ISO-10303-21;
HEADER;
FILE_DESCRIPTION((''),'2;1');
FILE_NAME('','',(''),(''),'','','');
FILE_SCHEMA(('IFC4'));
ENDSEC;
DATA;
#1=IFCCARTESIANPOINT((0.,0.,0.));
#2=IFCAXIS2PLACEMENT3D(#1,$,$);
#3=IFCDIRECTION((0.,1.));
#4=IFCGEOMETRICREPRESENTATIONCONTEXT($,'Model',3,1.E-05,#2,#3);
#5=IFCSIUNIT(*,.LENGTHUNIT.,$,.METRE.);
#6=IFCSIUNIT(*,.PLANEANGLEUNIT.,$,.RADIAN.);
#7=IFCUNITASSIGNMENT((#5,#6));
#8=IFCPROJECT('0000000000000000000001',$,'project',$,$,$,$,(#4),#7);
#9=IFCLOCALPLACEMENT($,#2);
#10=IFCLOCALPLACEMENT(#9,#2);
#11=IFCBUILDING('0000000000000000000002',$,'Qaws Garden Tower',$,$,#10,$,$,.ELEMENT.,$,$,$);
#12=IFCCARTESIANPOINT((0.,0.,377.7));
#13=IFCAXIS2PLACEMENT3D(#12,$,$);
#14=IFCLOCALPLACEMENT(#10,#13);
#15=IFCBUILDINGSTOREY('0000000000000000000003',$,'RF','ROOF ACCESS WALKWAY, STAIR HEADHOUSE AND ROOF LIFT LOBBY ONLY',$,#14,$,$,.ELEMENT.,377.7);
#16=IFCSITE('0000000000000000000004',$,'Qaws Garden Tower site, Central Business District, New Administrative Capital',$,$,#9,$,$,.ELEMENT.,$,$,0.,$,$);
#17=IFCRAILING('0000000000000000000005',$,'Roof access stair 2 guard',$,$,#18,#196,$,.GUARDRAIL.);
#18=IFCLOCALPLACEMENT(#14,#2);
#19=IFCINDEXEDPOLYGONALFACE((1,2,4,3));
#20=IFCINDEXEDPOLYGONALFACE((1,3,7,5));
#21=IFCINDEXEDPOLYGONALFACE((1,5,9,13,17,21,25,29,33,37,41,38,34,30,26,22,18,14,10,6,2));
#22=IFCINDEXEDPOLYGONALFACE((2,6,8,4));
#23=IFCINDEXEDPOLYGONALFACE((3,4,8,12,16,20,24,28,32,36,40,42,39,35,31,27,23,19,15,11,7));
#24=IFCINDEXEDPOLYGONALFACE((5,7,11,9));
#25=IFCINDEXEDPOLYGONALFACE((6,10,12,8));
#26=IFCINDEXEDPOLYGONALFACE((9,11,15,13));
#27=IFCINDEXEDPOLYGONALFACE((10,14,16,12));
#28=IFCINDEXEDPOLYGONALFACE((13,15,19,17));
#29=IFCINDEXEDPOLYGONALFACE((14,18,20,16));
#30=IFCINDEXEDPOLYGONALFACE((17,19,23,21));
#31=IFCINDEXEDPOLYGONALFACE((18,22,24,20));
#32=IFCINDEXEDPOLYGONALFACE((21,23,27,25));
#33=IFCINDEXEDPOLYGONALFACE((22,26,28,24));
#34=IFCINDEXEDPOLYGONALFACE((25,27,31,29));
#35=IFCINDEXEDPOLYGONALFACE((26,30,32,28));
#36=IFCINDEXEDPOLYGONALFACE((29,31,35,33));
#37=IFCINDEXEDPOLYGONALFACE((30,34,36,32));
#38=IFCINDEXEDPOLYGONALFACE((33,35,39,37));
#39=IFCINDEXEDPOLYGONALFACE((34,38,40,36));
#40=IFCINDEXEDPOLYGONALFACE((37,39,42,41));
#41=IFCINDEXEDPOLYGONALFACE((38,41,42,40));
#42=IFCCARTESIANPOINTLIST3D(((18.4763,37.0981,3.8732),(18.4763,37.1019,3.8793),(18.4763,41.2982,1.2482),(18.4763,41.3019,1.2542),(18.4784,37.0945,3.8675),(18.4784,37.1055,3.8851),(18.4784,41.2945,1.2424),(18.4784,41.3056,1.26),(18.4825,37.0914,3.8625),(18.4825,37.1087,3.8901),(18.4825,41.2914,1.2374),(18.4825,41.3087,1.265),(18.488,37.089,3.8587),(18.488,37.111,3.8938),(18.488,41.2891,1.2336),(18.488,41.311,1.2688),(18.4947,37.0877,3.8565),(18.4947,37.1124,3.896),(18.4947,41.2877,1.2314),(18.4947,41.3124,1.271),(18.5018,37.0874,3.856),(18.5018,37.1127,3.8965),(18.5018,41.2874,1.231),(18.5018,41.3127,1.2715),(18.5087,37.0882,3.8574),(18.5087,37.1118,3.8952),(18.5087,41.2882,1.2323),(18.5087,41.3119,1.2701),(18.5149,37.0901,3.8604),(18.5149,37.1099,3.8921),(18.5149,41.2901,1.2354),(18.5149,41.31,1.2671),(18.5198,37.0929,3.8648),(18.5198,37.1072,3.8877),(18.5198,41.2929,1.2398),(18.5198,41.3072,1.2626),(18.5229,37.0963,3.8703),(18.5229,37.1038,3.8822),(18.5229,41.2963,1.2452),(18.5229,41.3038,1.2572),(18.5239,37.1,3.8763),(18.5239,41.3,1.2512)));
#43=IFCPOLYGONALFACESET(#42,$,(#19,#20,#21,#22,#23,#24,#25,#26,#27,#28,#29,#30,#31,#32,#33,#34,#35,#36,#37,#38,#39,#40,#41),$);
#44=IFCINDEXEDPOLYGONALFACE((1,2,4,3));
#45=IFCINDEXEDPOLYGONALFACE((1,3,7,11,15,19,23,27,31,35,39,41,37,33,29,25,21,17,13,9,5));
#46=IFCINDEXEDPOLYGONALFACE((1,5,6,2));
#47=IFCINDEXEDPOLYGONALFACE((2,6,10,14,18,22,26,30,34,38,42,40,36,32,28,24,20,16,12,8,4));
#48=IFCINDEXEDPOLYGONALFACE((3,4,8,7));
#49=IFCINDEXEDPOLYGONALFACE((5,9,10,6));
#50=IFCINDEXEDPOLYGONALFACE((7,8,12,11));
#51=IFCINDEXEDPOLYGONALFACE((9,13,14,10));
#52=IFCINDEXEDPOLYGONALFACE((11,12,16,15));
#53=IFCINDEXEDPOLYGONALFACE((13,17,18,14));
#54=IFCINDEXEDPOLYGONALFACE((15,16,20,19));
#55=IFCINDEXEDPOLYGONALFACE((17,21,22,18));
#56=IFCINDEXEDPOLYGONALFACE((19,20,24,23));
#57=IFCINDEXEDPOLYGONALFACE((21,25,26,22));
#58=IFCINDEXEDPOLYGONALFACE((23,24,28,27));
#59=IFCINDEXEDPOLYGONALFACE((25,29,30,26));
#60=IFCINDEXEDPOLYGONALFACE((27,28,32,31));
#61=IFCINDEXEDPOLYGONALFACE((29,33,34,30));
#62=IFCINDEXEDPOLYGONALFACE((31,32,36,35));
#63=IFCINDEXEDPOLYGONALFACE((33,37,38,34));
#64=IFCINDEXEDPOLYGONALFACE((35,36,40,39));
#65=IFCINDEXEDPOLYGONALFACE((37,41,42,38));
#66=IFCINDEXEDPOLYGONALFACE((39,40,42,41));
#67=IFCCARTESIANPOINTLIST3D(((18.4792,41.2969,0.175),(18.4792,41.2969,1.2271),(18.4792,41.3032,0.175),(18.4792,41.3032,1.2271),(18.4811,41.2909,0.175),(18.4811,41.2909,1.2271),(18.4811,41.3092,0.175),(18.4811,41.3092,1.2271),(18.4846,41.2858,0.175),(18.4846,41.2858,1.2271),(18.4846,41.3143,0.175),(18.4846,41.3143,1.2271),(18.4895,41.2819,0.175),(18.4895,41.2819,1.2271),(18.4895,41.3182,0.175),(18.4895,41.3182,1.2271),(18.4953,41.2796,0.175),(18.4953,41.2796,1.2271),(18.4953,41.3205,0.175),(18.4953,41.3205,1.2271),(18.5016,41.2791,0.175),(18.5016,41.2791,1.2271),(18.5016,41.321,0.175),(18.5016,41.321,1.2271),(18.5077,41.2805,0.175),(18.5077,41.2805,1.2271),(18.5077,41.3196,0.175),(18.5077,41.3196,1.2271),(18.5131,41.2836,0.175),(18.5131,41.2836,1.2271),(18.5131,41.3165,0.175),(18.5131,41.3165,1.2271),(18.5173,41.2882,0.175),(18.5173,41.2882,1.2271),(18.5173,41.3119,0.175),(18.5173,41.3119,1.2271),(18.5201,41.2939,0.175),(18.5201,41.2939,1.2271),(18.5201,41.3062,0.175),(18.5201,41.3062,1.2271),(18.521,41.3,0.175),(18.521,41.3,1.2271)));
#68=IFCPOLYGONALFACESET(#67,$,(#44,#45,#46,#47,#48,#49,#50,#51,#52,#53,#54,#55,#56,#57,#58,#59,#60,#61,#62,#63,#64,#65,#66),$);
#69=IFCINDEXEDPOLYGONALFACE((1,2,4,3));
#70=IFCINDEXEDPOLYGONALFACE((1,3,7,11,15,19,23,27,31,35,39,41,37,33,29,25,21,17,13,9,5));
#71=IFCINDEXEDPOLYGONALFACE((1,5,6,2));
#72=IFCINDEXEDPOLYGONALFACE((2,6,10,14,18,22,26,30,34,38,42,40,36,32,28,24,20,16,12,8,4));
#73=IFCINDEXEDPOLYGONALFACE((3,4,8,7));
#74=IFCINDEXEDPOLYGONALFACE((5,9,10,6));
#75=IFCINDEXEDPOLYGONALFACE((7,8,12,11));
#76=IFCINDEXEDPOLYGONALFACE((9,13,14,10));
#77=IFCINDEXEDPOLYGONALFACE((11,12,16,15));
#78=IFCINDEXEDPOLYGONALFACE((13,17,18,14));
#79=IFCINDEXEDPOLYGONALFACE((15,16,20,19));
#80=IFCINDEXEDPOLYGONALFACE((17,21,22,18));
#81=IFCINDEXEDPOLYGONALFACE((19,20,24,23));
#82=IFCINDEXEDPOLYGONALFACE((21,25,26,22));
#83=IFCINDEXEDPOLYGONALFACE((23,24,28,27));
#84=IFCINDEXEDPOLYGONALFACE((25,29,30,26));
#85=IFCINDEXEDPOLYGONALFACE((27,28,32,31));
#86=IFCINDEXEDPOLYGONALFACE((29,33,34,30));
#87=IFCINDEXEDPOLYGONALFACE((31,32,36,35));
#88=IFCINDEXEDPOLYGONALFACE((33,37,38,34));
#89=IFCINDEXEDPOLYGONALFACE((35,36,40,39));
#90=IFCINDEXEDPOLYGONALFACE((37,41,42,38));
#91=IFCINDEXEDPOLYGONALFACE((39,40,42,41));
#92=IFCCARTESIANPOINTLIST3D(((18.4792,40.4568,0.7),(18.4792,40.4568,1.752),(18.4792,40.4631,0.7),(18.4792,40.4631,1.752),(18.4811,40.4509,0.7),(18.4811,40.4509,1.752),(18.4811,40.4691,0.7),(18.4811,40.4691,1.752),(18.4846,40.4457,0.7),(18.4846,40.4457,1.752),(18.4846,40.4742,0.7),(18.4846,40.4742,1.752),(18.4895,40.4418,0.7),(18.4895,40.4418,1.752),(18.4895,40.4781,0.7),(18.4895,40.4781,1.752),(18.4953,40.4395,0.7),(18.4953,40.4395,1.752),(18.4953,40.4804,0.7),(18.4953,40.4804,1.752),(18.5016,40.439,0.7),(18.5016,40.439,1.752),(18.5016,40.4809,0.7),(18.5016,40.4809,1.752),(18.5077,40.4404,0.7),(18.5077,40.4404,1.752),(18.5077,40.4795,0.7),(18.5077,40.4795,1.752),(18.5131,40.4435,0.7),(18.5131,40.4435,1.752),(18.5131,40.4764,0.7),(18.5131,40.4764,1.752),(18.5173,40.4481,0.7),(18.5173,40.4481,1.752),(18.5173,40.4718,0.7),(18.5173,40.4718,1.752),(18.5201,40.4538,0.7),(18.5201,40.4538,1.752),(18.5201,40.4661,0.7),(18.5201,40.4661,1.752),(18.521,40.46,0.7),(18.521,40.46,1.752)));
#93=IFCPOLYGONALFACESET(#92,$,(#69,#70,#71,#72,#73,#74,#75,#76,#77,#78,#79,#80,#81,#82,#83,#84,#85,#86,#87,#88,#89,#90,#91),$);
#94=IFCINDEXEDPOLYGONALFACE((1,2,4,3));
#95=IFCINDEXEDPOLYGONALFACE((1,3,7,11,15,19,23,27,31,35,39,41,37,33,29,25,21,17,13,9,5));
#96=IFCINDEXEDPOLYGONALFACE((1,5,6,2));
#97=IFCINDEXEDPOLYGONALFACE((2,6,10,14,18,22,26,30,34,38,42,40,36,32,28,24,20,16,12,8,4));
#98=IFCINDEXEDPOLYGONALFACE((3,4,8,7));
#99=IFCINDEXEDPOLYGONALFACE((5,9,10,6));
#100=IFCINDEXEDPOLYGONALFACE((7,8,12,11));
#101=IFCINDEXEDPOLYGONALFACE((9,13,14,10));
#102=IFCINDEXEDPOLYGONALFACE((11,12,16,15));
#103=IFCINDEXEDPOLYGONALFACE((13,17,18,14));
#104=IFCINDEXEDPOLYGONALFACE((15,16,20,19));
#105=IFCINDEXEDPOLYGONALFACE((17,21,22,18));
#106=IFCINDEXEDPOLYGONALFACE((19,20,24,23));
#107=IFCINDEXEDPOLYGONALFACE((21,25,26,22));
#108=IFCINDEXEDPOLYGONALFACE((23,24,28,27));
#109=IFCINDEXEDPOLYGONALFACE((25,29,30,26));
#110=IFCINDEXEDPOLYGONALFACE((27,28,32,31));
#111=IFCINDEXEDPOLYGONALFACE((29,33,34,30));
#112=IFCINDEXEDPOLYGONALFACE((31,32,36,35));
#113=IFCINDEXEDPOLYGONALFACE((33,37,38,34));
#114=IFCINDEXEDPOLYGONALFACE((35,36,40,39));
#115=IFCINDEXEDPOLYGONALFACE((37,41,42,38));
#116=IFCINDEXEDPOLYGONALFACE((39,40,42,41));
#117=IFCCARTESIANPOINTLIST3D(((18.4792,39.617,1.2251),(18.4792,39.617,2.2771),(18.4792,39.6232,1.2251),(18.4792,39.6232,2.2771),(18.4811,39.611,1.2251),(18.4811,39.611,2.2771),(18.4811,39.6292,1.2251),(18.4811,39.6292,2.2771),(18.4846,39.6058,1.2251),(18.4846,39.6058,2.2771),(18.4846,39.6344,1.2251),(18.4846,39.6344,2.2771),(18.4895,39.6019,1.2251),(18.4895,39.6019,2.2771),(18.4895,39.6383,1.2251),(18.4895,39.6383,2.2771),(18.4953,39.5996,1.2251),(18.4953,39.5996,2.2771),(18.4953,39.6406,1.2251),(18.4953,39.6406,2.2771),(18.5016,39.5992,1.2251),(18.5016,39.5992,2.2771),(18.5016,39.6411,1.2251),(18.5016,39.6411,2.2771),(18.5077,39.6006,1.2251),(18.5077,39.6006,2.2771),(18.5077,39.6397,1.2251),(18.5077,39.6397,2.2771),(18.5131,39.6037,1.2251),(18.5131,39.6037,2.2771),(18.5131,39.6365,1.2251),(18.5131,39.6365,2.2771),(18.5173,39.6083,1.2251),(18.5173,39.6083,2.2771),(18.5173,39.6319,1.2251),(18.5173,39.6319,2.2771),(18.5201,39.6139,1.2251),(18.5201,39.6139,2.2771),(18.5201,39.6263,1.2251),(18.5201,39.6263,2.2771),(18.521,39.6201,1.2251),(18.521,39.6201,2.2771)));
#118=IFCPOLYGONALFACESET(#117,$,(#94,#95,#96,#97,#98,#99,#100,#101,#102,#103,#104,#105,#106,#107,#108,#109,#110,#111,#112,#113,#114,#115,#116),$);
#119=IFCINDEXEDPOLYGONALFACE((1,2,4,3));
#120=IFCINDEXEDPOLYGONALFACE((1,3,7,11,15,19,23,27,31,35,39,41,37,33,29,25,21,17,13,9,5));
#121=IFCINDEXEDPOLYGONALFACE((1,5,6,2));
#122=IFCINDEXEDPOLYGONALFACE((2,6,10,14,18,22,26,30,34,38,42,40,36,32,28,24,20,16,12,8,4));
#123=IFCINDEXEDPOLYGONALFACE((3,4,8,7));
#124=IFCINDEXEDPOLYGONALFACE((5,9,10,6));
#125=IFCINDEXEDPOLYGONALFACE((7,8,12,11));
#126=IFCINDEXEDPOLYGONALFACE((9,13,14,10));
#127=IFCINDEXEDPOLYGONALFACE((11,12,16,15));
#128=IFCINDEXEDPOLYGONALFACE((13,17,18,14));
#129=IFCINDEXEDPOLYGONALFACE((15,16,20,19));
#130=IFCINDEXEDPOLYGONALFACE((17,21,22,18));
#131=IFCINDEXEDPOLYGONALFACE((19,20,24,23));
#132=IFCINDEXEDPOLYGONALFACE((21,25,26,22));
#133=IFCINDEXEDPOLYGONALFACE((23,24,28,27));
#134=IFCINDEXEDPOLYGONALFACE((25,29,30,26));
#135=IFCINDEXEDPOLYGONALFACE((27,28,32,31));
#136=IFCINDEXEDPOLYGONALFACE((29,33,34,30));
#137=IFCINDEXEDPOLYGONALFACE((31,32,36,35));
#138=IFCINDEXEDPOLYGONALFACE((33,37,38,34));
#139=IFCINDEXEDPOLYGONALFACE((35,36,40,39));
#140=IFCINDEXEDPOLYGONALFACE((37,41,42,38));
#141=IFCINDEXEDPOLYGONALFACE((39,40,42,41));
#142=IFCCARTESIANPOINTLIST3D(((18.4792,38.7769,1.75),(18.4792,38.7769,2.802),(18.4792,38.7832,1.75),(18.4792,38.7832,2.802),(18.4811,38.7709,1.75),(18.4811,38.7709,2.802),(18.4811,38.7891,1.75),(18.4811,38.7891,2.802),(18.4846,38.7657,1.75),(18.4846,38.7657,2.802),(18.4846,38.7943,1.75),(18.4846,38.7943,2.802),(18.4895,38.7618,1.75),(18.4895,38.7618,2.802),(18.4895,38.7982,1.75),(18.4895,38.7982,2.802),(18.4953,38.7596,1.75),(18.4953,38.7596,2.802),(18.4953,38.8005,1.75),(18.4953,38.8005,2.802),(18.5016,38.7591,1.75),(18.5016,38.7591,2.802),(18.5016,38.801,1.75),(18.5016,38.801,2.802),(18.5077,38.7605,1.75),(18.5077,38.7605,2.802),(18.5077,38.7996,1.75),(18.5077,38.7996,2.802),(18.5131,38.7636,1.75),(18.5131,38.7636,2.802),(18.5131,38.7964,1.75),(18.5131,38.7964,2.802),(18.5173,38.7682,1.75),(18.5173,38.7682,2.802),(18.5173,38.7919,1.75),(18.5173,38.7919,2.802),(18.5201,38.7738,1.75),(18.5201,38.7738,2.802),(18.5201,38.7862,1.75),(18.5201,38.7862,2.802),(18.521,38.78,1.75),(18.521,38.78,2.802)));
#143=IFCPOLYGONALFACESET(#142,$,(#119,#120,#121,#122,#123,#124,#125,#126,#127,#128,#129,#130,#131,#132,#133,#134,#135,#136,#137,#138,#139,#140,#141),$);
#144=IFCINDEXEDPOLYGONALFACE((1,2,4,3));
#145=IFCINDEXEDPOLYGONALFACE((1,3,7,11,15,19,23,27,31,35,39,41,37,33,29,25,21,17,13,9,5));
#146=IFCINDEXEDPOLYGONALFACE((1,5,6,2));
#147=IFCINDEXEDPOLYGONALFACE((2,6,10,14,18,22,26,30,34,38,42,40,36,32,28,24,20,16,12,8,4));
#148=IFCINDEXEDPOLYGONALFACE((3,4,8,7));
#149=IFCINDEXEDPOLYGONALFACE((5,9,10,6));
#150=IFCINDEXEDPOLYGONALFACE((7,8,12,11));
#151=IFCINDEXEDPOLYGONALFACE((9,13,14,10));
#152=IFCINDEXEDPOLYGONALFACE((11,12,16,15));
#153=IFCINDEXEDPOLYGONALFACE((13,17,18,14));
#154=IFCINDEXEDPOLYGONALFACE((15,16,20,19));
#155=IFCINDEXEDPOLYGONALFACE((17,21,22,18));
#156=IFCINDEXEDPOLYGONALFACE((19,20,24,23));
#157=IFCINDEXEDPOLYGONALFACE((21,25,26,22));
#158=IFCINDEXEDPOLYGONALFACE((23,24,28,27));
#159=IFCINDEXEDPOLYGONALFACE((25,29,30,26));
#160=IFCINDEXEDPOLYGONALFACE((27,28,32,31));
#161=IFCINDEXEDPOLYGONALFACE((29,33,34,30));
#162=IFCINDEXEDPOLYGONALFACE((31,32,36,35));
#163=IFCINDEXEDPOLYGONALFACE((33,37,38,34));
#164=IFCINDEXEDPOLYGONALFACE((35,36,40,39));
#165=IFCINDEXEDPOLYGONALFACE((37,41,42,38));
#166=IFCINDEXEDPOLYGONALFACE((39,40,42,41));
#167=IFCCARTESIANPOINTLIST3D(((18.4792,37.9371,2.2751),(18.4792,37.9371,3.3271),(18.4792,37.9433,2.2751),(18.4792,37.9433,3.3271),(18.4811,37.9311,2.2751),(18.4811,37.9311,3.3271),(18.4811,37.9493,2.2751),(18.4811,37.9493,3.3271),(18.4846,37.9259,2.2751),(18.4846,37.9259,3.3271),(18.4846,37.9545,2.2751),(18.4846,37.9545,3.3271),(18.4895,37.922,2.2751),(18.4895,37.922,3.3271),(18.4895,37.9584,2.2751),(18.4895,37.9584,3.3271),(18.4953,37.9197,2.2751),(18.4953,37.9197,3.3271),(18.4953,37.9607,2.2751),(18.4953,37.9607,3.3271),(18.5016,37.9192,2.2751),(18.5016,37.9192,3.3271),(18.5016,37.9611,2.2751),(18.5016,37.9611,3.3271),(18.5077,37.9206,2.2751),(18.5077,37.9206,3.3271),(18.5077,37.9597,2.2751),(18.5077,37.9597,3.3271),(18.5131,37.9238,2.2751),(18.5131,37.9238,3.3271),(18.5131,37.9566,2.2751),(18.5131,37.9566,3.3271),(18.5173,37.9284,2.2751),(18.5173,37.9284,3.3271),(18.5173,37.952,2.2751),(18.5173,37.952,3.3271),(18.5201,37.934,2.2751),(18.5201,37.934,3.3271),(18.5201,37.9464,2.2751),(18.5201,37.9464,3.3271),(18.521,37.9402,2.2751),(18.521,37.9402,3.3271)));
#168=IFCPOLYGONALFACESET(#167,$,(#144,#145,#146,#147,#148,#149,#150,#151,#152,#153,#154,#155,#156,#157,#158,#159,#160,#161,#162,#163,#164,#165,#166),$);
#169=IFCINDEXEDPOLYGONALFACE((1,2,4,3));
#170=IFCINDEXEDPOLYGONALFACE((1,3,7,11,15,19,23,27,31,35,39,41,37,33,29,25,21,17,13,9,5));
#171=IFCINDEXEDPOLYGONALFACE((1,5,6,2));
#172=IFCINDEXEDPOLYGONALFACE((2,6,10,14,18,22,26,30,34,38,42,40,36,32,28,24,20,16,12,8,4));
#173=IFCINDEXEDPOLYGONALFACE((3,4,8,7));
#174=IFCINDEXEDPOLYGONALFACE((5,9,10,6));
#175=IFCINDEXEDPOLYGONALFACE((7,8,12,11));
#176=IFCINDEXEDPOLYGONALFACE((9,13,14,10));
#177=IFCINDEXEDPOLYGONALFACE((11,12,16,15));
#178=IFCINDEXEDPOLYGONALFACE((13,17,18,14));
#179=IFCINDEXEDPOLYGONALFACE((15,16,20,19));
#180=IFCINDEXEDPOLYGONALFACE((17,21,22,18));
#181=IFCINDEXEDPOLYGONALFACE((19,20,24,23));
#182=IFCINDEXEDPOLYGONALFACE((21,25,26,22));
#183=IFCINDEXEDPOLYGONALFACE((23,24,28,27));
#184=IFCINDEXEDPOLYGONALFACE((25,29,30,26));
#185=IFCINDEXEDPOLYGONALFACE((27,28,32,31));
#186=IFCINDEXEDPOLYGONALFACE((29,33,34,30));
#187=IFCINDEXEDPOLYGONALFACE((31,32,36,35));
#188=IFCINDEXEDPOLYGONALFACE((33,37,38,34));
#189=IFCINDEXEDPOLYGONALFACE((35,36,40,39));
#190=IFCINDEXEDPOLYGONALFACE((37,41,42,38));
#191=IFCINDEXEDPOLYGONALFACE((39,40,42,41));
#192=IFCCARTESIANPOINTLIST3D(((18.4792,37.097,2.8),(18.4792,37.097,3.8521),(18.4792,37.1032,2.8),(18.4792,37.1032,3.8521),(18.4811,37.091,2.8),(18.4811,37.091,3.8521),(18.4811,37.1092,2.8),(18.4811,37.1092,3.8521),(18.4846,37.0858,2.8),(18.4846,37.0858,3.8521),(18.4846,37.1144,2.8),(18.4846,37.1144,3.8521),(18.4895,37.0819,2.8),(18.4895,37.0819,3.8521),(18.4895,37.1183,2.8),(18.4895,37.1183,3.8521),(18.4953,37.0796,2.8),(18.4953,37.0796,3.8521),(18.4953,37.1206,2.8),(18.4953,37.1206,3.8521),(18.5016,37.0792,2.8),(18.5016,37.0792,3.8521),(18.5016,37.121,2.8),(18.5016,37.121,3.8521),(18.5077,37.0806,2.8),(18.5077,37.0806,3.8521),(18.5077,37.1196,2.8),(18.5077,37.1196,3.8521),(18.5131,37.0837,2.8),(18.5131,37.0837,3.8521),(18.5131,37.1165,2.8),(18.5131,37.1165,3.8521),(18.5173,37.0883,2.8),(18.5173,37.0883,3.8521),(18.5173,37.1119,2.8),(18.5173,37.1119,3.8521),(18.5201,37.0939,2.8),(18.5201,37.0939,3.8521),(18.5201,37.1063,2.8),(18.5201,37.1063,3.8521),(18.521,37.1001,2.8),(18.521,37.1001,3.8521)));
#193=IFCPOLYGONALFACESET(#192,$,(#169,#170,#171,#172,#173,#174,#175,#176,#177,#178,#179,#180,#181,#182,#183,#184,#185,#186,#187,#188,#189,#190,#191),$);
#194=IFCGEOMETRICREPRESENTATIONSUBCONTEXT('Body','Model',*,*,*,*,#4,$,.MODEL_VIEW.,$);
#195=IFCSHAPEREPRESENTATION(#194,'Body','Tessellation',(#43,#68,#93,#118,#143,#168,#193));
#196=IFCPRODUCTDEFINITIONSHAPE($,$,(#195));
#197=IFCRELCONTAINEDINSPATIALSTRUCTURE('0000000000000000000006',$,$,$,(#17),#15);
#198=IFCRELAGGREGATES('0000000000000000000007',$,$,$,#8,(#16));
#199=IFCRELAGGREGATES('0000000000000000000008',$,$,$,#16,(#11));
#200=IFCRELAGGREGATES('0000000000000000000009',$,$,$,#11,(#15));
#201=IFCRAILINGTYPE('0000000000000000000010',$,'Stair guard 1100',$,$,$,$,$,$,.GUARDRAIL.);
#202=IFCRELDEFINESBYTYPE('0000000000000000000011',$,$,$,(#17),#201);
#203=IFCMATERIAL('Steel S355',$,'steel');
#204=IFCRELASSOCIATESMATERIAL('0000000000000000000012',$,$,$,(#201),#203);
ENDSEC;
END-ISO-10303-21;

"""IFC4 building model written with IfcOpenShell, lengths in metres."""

from ifc_helpers import new_model, si_unit, direction, frame, origin, origin_2d, place, context, subcontext, project, spatial, circle, extrude, material, type_object, element, save


model = new_model("IFC4")

# Units and contexts
model_context = context("Model", 3, precision=1e-05, world=origin(), true_north=direction((0.0, 1.0)))
body_context = subcontext(model_context, "Body", "Model", "MODEL_VIEW")
ifc_project = project(units=[si_unit("LENGTHUNIT", "METRE"), si_unit("PLANEANGLEUNIT", "RADIAN")], contexts=[model_context])

# Site, building, storey
site_placement = place(None, origin())
site = spatial("IfcSite", under=ifc_project, at=site_placement, Name="Qaws Garden Tower site, Central Business District, New Administrative Capital", CompositionType="ELEMENT", RefElevation=0.0)
building_placement = place(site_placement, origin())
building = spatial("IfcBuilding", under=site, at=building_placement, Name="Qaws Garden Tower", CompositionType="ELEMENT")
storey_placement = place(building_placement, frame((0.0, 0.0, 377.7)))
storey = spatial("IfcBuildingStorey", under=building, at=storey_placement, Name="RF", Description="ROOF ACCESS WALKWAY, STAIR HEADHOUSE AND ROOF LIFT LOBBY ONLY", CompositionType="ELEMENT", Elevation=377.7)

# Railing
ifc_material_1 = material(Name="Steel S355", Category="steel")
railing_type_1 = type_object("IfcRailingType", Name="Stair guard 1100", PredefinedType="GUARDRAIL", material=ifc_material_1)
for number, where, name in (
    (1, (18.5, 41.3, 0.175), "Roof access stair 2 guard"),
):
    element("IfcRailing", number, at=place(storey_placement, frame(where)), inside=storey, type_object=railing_type_1, Name=name, PredefinedType="GUARDRAIL", context=body_context, shape_type="SweptSolid", body=[
        extrude(circle(Radius=0.0239, at=origin_2d()), frame((0.0, 0.0, 1.0762), z_axis=(0.0, -0.847996, 0.530003), x_axis=(1.0, 0.0, 0.0)), (0.0, 0.0, 1.0), 4.9529),
        extrude(circle(Radius=0.021, at=origin_2d()), origin(), (0.0, 0.0, 1.0), 1.052),
        extrude(circle(Radius=0.021, at=origin_2d()), frame((0.0, -0.8401, 0.5249)), (0.0, 0.0, 1.0), 1.052),
        extrude(circle(Radius=0.021, at=origin_2d()), frame((0.0, -1.6799, 1.05)), (0.0, 0.0, 1.0), 1.052),
        extrude(circle(Radius=0.021, at=origin_2d()), frame((0.0, -2.52, 1.575)), (0.0, 0.0, 1.0), 1.052),
        extrude(circle(Radius=0.021, at=origin_2d()), frame((0.0, -3.3599, 2.1001)), (0.0, 0.0, 1.0), 1.052),
        extrude(circle(Radius=0.021, at=origin_2d()), frame((0.0, -4.2, 2.625)), (0.0, 0.0, 1.0), 1.052),
    ])

save(model, "model.ifc")
